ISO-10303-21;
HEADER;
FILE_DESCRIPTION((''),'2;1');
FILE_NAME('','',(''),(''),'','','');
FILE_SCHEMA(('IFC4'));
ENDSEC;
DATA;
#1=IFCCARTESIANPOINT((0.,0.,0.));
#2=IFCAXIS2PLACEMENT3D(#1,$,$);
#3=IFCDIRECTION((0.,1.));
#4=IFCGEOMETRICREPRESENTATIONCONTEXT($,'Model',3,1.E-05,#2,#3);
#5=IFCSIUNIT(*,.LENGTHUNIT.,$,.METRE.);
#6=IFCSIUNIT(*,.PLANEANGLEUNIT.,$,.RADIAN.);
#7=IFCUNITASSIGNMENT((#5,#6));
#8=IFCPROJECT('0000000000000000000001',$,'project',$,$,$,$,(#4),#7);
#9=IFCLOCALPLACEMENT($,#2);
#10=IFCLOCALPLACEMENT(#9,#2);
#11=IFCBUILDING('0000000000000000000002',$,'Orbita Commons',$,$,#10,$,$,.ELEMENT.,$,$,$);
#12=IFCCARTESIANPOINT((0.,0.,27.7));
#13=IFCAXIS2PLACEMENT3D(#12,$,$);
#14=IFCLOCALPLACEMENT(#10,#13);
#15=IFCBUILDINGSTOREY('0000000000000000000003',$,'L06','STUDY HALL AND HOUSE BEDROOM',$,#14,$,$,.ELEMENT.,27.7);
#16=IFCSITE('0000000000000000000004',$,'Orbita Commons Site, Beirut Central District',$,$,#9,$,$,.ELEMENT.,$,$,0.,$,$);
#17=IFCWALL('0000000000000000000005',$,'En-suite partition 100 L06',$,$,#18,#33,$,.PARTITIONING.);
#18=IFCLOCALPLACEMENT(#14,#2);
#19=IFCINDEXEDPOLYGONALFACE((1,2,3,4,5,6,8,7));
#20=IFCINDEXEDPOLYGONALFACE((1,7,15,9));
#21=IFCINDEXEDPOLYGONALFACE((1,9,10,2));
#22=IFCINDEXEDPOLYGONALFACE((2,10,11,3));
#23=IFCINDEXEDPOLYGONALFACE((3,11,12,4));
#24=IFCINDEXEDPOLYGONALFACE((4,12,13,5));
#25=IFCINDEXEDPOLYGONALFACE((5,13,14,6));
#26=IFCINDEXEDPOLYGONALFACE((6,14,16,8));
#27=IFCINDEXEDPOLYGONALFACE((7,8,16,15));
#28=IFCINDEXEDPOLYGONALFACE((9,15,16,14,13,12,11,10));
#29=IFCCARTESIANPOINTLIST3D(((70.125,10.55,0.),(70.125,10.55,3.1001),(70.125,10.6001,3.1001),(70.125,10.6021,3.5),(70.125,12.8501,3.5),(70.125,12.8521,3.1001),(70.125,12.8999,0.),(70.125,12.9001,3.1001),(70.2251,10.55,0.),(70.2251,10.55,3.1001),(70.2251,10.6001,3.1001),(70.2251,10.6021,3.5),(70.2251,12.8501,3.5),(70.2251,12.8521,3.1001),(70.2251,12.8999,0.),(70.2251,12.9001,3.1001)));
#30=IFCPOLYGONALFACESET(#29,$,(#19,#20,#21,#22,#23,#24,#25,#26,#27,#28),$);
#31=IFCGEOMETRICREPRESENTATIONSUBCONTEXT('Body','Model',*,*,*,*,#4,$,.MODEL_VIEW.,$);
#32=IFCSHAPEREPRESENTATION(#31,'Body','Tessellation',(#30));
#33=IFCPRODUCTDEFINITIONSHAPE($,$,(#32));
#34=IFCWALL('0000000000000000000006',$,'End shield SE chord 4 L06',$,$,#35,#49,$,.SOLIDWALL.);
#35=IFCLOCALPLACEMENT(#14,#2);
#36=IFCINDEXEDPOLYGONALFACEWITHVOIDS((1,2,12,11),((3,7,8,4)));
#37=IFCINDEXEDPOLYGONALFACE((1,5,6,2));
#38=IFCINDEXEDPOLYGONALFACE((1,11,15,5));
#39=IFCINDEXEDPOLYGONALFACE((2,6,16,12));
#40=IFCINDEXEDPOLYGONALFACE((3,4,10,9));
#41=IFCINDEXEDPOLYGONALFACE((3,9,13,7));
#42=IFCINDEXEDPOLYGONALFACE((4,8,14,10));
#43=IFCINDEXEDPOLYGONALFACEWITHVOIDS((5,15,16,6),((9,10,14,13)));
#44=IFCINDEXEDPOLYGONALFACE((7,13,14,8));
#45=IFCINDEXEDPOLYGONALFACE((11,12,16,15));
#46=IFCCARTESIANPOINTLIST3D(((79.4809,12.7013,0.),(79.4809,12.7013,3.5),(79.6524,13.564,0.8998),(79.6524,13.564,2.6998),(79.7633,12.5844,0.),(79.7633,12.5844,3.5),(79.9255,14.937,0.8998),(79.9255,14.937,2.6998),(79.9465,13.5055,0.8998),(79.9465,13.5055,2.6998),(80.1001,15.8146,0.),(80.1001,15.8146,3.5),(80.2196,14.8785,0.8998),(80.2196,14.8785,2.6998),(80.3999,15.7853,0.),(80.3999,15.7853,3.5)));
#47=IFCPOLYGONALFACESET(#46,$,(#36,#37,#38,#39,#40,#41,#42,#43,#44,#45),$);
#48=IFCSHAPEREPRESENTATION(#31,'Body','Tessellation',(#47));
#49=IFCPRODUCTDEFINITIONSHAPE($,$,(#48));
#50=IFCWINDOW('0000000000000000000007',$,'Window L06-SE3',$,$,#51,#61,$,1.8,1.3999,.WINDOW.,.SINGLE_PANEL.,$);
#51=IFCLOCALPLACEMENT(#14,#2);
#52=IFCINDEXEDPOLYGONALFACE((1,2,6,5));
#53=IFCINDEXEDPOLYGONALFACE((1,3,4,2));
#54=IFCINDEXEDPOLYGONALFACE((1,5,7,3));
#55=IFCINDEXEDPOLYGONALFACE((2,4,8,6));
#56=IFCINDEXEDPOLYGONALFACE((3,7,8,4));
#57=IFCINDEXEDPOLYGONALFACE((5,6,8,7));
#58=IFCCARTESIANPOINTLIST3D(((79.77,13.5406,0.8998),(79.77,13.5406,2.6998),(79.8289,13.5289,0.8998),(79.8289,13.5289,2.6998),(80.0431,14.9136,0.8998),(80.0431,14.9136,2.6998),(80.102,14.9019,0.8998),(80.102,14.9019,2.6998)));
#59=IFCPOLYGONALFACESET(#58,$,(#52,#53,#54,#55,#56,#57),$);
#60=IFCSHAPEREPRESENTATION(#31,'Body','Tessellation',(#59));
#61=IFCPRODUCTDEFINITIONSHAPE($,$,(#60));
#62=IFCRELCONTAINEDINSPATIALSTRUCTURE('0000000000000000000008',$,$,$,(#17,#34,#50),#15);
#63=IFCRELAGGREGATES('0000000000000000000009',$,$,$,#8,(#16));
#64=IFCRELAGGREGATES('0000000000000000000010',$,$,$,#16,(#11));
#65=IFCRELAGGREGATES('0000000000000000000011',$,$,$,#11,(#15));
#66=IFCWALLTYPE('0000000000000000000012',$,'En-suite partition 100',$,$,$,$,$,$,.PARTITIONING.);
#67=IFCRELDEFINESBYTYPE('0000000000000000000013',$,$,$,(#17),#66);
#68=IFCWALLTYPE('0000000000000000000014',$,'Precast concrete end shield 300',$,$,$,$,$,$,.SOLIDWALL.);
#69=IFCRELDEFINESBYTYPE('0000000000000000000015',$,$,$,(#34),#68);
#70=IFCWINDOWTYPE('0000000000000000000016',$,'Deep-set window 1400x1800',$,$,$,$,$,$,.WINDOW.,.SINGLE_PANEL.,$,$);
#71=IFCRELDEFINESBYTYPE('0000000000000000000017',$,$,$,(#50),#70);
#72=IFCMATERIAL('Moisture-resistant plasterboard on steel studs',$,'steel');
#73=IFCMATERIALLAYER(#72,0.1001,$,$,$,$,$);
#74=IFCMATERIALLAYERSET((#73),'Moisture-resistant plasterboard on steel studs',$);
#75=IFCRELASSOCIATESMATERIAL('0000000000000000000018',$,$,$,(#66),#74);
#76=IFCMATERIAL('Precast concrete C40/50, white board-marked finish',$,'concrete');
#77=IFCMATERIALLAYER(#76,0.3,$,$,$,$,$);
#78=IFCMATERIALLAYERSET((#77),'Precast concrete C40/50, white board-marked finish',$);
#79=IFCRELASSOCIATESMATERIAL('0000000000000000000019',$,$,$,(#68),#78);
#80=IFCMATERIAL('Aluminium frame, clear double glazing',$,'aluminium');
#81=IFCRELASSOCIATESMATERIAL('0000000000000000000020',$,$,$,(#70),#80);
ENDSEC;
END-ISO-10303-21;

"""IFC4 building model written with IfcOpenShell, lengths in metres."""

from ifc_helpers import new_model, si_unit, direction, frame, frame_2d, origin, place, context, subcontext, project, spatial, polyline, rectangle, outline, extrude, material, layer, layer_set, type_object, element, fill, save


model = new_model("IFC4")

# Units and contexts
model_context = context("Model", 3, precision=1e-05, world=origin(), true_north=direction((0.0, 1.0)))
body_context = subcontext(model_context, "Body", "Model", "MODEL_VIEW")
ifc_project = project(units=[si_unit("LENGTHUNIT", "METRE"), si_unit("PLANEANGLEUNIT", "RADIAN")], contexts=[model_context])

# Site, building, storey
site_placement = place(None, origin())
site = spatial("IfcSite", under=ifc_project, at=site_placement, Name="Orbita Commons Site, Beirut Central District", CompositionType="ELEMENT", RefElevation=0.0)
building_placement = place(site_placement, origin())
building = spatial("IfcBuilding", under=site, at=building_placement, Name="Orbita Commons", CompositionType="ELEMENT")
storey_placement = place(building_placement, frame((0.0, 0.0, 27.7)))
storey = spatial("IfcBuildingStorey", under=building, at=storey_placement, Name="L06", Description="STUDY HALL AND HOUSE BEDROOM", CompositionType="ELEMENT", Elevation=27.7)

# Shared definitions
ifc_material_1 = material(Name="Moisture-resistant plasterboard on steel studs", Category="steel")
ifc_layer_1 = layer(ifc_material_1, 0.1001)
ifc_layer_set_1 = layer_set([ifc_layer_1], Name="Moisture-resistant plasterboard on steel studs")
wall_type_1 = type_object("IfcWallType", Name="En-suite partition 100", PredefinedType="PARTITIONING", material=ifc_layer_set_1)

# Wall
wall_1_placement = place(storey_placement, frame((70.175, 10.55, 0.0), z_axis=(0.0, 0.0, 1.0), x_axis=(0.0, 1.0, 0.0)))
element("IfcWall", 1, at=wall_1_placement, inside=storey, type_object=wall_type_1, Name="En-suite partition 100 L06", PredefinedType="PARTITIONING", context=body_context, shape_type="SweptSolid", body=[
    extrude(outline(polyline([(0.0, 0.0), (2.3499, 0.0), (2.3501, 3.1001), (2.302, 3.1001), (2.3, 3.5), (0.052, 3.5), (0.05, 3.1001), (0.0, 3.1001), (0.0, 0.0)])), frame((0.0, 0.05, 0.0), z_axis=(0.0, -1.0, 0.0), x_axis=(1.0, 0.0, 0.0)), (0.0, 0.0, 1.0), 0.1001),
])

# Wall, opening, window
ifc_material_2 = material(Name="Precast concrete C40/50, white board-marked finish", Category="concrete")
ifc_layer_2 = layer(ifc_material_2, 0.3)
ifc_layer_set_2 = layer_set([ifc_layer_2], Name="Precast concrete C40/50, white board-marked finish")
wall_type_2 = type_object("IfcWallType", Name="Precast concrete end shield 300", PredefinedType="SOLIDWALL", material=ifc_layer_set_2)
wall_2_placement = place(storey_placement, frame((79.6221, 12.6428, 0.0), z_axis=(0.0, 0.0, 1.0), x_axis=(0.195066, 0.98079, 0.0)))
wall_2 = element("IfcWall", 2, at=wall_2_placement, inside=storey, type_object=wall_type_2, Name="End shield SE chord 4 L06", PredefinedType="SOLIDWALL", context=body_context, shape_type="SweptSolid", body=[
    extrude(outline(polyline([(-0.0298, -0.1499), (3.2339, -0.1499), (3.2041, 0.1499), (0.0298, 0.1499), (-0.0298, -0.1499)])), origin(), (0.0, 0.0, 1.0), 3.5),
])
opening_1_placement = place(wall_2_placement, frame((0.9094, 0.0, 0.8999)))
opening_1 = element("IfcOpeningElement", 3, at=opening_1_placement, cuts=wall_2, PredefinedType="OPENING", context=body_context, shape_type="SweptSolid", body=[
    extrude(rectangle(XDim=1.3999, YDim=1.8, at=frame_2d((0.7, 0.8999))), frame((0.0, 0.1599, 0.0), z_axis=(0.0, -1.0, 0.0), x_axis=(1.0, 0.0, 0.0)), (0.0, 0.0, 1.0), 0.3201),
])
ifc_material_3 = material(Name="Aluminium frame, clear double glazing", Category="aluminium")
window_type = type_object("IfcWindowType", Name="Deep-set window 1400x1800", PartitioningType="SINGLE_PANEL", PredefinedType="WINDOW", material=ifc_material_3)
window_placement = place(opening_1_placement, origin())
window = element("IfcWindow", 4, at=window_placement, inside=storey, type_object=window_type, Name="Window L06-SE3", OverallHeight=1.8, OverallWidth=1.3999, PartitioningType="SINGLE_PANEL", PredefinedType="WINDOW", context=body_context, shape_type="SweptSolid", body=[
    extrude(rectangle(XDim=1.3999, YDim=1.8, at=frame_2d((0.7, 0.8999))), frame((0.0, 0.03, 0.0), z_axis=(0.0, -1.0, 0.0), x_axis=(1.0, 0.0, 0.0)), (0.0, 0.0, 1.0), 0.0601),
])
fill(opening_1, window)

save(model, "model.ifc")
